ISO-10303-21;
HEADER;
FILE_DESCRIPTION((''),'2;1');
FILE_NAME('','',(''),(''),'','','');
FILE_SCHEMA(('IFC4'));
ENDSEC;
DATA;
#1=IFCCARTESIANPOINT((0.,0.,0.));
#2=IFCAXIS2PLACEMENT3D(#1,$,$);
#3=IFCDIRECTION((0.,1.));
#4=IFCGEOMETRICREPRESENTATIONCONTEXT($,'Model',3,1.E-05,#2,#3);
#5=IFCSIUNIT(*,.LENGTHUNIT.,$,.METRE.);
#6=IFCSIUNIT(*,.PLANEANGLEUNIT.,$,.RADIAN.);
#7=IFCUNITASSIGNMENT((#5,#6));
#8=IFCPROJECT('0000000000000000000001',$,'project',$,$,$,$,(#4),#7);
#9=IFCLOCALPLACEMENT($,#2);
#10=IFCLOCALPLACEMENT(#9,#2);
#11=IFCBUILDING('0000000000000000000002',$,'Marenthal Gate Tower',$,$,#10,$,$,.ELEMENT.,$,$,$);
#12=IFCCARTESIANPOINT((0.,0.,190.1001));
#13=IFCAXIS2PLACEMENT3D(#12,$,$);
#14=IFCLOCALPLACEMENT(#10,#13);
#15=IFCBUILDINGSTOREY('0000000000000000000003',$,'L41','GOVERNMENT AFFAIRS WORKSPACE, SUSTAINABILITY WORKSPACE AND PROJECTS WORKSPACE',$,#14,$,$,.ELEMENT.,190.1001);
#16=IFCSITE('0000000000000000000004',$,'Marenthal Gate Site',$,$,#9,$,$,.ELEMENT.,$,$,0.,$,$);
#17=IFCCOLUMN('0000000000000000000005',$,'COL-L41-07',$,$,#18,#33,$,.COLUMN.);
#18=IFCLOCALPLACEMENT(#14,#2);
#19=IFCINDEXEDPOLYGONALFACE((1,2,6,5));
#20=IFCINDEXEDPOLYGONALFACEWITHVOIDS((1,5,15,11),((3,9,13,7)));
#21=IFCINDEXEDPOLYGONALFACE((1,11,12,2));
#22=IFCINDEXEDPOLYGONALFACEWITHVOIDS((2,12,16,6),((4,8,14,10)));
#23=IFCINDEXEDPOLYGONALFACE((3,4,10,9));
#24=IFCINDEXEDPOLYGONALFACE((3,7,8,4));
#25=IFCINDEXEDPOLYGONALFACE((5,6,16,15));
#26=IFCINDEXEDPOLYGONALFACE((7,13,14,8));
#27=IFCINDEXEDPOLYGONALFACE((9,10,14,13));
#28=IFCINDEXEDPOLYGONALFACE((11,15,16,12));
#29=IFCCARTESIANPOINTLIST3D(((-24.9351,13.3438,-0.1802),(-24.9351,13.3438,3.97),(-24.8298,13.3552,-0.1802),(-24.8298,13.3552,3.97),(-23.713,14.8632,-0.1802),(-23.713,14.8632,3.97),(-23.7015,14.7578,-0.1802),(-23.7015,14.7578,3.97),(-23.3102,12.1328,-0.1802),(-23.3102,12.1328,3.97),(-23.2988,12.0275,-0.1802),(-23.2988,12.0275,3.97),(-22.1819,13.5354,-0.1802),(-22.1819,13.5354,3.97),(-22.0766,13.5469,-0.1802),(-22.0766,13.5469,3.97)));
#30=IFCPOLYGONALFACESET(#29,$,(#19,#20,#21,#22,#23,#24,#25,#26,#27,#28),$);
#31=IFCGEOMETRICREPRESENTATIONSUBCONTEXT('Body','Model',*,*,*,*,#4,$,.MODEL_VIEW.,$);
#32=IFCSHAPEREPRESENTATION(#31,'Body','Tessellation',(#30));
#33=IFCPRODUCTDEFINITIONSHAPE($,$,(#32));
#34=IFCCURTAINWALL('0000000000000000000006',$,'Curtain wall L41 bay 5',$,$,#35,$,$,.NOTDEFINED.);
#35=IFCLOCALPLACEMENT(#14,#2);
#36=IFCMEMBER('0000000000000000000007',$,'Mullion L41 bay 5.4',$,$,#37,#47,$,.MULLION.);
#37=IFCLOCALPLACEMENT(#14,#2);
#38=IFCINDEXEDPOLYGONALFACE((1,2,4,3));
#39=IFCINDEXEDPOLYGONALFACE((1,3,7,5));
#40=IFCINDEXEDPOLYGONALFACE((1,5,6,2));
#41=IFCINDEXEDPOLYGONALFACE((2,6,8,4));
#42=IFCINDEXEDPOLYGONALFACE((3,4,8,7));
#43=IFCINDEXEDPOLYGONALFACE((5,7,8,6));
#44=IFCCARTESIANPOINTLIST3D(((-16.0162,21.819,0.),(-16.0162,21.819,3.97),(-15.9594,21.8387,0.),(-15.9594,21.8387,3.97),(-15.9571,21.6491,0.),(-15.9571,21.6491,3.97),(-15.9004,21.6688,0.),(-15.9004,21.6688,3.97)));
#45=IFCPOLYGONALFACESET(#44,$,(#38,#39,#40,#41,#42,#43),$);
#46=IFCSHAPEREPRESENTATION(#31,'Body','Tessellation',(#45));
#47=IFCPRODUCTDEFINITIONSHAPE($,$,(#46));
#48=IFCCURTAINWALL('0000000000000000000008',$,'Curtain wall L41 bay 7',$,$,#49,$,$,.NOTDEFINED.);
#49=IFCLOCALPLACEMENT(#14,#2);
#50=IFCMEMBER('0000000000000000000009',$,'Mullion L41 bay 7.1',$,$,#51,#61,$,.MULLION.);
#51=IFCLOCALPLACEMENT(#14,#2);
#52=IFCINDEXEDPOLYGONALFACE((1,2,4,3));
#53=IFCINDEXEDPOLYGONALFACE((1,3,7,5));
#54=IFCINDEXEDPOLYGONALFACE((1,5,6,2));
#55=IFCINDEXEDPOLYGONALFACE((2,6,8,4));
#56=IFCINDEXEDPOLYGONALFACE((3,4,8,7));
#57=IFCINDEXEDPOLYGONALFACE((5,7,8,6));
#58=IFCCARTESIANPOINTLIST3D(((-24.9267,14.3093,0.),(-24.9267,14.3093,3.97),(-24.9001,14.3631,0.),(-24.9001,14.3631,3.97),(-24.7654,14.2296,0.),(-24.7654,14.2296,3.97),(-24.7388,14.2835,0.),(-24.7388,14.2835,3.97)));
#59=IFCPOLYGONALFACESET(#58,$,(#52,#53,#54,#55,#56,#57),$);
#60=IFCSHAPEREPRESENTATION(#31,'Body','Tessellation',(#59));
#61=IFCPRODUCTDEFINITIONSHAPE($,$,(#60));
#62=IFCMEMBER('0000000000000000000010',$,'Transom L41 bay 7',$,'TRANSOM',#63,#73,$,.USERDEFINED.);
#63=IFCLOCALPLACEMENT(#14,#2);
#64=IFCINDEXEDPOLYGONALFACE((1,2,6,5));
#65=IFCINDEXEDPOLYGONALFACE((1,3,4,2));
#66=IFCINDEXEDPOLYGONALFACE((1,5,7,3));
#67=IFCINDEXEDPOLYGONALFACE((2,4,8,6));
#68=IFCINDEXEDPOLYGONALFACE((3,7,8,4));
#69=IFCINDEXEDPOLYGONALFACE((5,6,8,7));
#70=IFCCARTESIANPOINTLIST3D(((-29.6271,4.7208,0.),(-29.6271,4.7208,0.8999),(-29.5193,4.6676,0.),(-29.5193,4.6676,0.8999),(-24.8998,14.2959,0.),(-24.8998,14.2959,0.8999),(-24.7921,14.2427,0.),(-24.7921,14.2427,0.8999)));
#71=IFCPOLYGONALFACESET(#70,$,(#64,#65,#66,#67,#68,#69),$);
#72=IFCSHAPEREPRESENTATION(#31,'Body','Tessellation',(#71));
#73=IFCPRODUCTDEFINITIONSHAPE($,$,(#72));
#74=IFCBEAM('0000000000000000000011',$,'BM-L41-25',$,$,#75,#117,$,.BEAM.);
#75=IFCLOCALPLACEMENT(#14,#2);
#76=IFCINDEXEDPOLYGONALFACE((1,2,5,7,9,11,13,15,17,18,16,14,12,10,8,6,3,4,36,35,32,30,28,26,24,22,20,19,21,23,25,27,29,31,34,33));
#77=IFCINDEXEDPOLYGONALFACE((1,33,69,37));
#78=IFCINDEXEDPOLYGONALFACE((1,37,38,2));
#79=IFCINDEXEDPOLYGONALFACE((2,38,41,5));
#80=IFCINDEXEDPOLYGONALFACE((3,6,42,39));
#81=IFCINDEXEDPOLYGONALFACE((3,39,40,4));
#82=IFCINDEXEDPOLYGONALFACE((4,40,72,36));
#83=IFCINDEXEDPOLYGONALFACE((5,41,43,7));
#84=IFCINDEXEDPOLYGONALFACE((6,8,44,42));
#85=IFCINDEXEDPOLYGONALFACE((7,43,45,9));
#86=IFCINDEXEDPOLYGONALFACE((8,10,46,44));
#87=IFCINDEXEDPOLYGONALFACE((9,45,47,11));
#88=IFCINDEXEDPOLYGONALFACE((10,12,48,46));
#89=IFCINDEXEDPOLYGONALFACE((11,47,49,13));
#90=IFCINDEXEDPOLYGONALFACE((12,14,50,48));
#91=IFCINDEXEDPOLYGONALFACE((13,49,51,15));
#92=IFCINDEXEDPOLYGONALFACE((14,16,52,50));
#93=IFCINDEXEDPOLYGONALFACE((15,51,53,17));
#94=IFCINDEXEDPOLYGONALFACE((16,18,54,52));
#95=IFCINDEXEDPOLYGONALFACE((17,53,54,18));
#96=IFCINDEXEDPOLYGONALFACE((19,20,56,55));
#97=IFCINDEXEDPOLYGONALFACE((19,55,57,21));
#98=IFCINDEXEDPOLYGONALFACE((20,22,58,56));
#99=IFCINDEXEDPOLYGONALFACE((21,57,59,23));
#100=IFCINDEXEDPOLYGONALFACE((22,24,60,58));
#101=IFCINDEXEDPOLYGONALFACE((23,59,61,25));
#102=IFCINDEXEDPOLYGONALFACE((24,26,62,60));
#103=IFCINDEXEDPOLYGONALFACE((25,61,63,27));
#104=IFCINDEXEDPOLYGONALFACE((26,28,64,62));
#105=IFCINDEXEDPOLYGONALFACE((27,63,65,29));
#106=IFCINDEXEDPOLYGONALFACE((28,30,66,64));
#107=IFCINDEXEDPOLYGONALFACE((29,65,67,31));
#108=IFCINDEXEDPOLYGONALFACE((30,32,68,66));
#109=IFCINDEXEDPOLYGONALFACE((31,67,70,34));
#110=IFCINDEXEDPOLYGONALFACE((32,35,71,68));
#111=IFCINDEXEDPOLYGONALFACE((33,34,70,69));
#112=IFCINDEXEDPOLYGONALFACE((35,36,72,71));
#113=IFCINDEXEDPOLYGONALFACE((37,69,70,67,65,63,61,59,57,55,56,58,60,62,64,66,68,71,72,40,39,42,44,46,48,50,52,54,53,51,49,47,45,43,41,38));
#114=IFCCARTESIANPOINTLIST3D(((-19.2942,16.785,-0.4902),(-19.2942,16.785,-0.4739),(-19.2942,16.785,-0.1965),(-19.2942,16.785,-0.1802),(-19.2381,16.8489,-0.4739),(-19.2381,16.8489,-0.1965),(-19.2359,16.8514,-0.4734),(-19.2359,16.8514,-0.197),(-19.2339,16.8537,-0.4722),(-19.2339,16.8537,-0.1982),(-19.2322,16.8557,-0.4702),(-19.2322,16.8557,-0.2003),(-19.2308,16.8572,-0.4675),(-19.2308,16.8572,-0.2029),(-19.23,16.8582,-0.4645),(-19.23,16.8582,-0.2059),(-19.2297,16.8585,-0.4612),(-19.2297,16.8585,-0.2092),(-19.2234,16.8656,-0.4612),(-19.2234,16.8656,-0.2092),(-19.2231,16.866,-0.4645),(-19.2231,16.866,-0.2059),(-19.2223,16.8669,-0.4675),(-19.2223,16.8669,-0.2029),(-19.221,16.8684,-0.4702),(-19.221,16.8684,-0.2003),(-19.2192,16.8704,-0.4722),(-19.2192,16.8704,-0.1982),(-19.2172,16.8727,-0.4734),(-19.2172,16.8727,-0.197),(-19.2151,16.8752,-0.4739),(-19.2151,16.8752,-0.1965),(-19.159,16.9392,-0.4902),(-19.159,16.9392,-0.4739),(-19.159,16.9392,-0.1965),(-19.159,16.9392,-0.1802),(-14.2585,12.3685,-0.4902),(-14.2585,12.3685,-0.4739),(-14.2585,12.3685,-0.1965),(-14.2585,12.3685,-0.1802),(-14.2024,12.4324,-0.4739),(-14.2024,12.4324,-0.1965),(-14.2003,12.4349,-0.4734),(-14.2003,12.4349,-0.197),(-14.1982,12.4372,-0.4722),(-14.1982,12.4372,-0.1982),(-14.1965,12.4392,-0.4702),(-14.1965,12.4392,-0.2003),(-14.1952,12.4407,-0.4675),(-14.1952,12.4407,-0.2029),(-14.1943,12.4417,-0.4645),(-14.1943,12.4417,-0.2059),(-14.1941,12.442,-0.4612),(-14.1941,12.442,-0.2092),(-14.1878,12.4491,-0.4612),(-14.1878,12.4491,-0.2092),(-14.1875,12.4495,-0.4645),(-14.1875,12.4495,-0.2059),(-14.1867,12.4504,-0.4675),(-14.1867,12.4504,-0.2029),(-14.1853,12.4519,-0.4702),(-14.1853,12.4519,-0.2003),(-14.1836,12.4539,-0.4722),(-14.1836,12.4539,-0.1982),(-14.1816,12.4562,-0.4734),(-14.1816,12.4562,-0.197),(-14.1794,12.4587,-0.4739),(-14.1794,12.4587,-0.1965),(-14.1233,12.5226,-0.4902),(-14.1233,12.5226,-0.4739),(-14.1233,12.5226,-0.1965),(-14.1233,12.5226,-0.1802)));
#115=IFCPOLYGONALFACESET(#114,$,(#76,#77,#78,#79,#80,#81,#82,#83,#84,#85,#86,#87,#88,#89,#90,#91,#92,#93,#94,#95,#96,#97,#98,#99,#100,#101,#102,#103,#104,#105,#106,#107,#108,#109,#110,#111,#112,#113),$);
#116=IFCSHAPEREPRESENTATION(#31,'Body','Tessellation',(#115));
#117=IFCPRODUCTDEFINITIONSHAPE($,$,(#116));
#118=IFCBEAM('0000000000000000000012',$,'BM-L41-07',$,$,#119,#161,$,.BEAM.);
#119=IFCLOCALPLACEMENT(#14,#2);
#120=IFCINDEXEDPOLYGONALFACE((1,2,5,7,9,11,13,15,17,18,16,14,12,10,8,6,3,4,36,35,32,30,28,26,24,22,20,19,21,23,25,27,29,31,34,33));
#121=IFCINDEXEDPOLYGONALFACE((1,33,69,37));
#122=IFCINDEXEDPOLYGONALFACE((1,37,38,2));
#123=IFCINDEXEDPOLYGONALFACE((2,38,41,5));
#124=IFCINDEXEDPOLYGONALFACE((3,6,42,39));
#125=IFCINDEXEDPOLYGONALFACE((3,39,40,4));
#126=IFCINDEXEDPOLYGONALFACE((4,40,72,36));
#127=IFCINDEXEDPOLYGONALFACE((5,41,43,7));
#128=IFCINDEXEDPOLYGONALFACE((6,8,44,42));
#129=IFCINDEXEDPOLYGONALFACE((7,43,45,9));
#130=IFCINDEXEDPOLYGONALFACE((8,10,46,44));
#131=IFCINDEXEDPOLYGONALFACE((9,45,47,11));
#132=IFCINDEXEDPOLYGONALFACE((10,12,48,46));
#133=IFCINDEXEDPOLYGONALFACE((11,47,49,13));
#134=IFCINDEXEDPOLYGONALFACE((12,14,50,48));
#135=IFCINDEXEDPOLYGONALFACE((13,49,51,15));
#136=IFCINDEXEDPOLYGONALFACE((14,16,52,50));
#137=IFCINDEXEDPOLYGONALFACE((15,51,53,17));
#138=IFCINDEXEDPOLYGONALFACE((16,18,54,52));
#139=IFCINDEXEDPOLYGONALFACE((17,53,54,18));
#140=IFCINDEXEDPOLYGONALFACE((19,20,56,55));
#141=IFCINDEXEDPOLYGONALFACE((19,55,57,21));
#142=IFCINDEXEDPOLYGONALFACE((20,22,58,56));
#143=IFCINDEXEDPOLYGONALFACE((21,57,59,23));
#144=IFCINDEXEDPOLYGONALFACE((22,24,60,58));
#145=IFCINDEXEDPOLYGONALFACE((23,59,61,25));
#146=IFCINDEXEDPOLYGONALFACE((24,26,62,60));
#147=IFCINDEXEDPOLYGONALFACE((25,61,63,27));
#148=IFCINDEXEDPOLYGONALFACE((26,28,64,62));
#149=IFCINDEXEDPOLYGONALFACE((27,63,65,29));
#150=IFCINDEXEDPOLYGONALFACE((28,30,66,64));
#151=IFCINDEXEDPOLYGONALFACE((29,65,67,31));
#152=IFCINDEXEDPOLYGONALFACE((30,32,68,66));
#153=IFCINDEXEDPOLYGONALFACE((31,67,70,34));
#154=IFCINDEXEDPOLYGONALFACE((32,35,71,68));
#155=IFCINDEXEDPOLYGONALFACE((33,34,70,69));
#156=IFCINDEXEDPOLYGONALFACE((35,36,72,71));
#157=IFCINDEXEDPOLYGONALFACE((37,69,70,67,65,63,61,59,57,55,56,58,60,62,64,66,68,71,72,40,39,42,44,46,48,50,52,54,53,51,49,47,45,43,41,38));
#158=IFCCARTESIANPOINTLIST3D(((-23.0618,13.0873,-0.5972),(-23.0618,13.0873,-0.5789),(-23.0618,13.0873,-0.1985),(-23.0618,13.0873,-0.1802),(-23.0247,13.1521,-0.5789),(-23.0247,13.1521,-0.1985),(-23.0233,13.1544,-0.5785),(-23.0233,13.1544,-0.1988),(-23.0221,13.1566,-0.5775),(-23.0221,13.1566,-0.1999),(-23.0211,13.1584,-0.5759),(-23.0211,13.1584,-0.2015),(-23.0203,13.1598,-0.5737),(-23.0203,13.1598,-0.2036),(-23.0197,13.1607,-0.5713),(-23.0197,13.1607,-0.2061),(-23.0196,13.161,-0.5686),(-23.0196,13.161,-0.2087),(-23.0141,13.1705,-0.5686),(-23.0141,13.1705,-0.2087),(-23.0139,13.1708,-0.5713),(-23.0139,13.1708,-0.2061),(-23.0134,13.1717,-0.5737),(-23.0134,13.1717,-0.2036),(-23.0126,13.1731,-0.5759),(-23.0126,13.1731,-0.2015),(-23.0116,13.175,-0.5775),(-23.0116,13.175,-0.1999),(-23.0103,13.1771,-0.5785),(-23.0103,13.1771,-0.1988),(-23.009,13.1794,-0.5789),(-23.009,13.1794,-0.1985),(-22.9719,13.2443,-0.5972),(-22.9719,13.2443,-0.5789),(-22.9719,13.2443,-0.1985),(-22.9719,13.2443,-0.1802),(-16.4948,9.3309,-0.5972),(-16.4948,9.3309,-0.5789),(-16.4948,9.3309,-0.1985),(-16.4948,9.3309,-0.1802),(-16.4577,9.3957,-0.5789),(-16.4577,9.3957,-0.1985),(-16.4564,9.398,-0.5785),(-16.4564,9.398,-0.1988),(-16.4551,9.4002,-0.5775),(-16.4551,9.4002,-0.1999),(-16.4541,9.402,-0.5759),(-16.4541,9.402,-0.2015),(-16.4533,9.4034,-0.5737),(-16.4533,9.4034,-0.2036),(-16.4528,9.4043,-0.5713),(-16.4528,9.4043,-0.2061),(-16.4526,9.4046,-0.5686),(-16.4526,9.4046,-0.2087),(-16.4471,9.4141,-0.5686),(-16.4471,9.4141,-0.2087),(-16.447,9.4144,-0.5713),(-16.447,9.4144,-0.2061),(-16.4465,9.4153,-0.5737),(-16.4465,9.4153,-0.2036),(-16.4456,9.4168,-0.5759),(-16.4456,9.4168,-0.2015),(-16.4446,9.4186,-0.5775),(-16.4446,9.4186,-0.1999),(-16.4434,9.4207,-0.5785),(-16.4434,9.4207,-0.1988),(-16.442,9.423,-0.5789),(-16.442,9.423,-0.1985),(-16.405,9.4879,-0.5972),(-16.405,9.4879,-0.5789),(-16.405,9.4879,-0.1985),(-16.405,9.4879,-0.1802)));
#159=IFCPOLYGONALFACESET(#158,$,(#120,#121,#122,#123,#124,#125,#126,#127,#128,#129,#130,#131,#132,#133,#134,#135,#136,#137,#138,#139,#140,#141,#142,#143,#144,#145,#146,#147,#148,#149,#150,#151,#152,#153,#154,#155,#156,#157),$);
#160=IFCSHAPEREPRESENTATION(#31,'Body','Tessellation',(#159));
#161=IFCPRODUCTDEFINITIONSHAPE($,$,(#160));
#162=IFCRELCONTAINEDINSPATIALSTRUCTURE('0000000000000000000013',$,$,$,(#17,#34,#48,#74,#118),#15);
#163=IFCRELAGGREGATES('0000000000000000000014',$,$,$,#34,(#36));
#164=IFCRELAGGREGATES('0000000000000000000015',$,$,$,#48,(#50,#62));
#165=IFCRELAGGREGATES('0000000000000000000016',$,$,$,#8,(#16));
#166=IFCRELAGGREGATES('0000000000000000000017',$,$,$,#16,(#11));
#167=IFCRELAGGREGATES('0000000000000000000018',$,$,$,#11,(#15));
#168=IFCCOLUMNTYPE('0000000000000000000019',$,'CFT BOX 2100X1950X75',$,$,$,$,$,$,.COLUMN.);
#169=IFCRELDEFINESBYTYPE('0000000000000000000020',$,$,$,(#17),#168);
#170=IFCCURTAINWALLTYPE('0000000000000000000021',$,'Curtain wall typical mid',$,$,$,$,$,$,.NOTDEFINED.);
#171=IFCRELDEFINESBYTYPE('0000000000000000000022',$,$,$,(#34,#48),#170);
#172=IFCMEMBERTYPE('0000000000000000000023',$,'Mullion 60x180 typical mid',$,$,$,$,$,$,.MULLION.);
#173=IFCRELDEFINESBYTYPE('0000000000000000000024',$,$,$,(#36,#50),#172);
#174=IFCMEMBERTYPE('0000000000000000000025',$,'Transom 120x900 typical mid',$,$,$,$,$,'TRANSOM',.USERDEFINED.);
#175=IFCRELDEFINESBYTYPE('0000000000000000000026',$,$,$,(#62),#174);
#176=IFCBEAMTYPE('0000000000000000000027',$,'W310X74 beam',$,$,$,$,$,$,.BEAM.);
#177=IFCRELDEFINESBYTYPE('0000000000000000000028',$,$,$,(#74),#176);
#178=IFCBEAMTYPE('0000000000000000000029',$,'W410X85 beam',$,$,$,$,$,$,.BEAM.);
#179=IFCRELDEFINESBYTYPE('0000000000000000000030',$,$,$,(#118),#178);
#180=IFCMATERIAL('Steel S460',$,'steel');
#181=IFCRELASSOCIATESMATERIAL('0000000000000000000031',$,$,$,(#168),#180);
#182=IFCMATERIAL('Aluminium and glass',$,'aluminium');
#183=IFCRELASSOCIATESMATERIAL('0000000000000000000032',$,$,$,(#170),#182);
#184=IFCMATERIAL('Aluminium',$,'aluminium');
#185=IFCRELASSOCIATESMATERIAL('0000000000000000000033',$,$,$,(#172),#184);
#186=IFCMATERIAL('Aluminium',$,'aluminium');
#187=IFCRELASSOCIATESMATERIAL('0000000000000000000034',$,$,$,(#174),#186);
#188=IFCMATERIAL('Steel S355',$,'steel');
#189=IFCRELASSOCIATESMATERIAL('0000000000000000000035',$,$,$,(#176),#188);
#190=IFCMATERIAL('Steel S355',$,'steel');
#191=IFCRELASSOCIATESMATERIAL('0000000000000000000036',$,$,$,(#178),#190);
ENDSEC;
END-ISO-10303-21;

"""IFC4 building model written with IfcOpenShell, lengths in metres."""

from ifc_helpers import new_model, si_unit, direction, frame, origin, origin_2d, place, context, subcontext, project, spatial, rectangle, hollow_rectangle, i_section, extrude, material, material_profile, profile_set, type_object, element, aggregate, save


model = new_model("IFC4")

# Units and contexts
model_context = context("Model", 3, precision=1e-05, world=origin(), true_north=direction((0.0, 1.0)))
body_context = subcontext(model_context, "Body", "Model", "MODEL_VIEW")
ifc_project = project(units=[si_unit("LENGTHUNIT", "METRE"), si_unit("PLANEANGLEUNIT", "RADIAN")], contexts=[model_context])

# Site, building, storey
site_placement = place(None, origin())
site = spatial("IfcSite", under=ifc_project, at=site_placement, Name="Marenthal Gate Site", CompositionType="ELEMENT", RefElevation=0.0)
building_placement = place(site_placement, origin())
building = spatial("IfcBuilding", under=site, at=building_placement, Name="Marenthal Gate Tower", CompositionType="ELEMENT")
storey_placement = place(building_placement, frame((0.0, 0.0, 190.1001)))
storey = spatial("IfcBuildingStorey", under=building, at=storey_placement, Name="L41", Description="GOVERNMENT AFFAIRS WORKSPACE, SUSTAINABILITY WORKSPACE AND PROJECTS WORKSPACE", CompositionType="ELEMENT", Elevation=190.1001)

# Column
ifc_material_1 = material(Name="Steel S460", Category="steel")
ifc_material_profile_1 = material_profile(ifc_material_1, hollow_rectangle(XDim=1.95, YDim=2.1001, WallThickness=0.075, at=origin_2d()), Name="CFT BOX 2100X1950X75")
ifc_material_2 = material(Name="Concrete 70 MPa", Category="concrete")
ifc_material_profile_2 = material_profile(ifc_material_2, rectangle(XDim=1.8, YDim=1.95, at=origin_2d()), Name="CFT BOX 2100X1950X75 INFILL")
ifc_profile_set_1 = profile_set([ifc_material_profile_1, ifc_material_profile_2], Name="Steel S460 shell, Concrete 70 MPa infill")
column_type = type_object("IfcColumnType", Name="CFT BOX 2100X1950X75", PredefinedType="COLUMN", material=ifc_profile_set_1)
column_placement = place(storey_placement, frame((-23.5059, 13.4453, -0.1802), z_axis=(0.0, 0.0, 1.0), x_axis=(0.626783, 0.779194, 0.0)))
element("IfcColumn", 1, at=column_placement, inside=storey, type_object=column_type, Name="COL-L41-07", PredefinedType="COLUMN", context=body_context, shape_type="SweptSolid", body=[
    extrude(hollow_rectangle(XDim=1.95, YDim=2.1001, WallThickness=0.075, at=origin_2d()), origin(), (0.0, 0.0, 1.0), 4.1501),
])

# Curtain wall, member
ifc_material_3 = material(Name="Aluminium and glass", Category="aluminium")
curtain_wall_type = type_object("IfcCurtainWallType", Name="Curtain wall typical mid", PredefinedType="NOTDEFINED", material=ifc_material_3)
curtain_wall_1_placement = place(storey_placement, origin())
curtain_wall_1 = element("IfcCurtainWall", 2, at=curtain_wall_1_placement, inside=storey, type_object=curtain_wall_type, Name="Curtain wall L41 bay 5", PredefinedType="NOTDEFINED")
ifc_material_4 = material(Name="Aluminium", Category="aluminium")
ifc_material_profile_3 = material_profile(ifc_material_4, rectangle(XDim=0.1799, YDim=0.0601, at=origin_2d()), Name="60x180 aluminium mullion")
ifc_profile_set_2 = profile_set([ifc_material_profile_3], Name="Aluminium")
member_type_1 = type_object("IfcMemberType", Name="Mullion 60x180 typical mid", PredefinedType="MULLION", material=ifc_profile_set_2)
member_1_placement = place(storey_placement, frame((-15.9583, 21.7439, 0.0), z_axis=(0.0, 0.0, 1.0), x_axis=(0.328273, -0.944583, 0.0)))
member_1 = element("IfcMember", 3, at=member_1_placement, type_object=member_type_1, Name="Mullion L41 bay 5.4", PredefinedType="MULLION", context=body_context, shape_type="SweptSolid", body=[
    extrude(rectangle(XDim=0.1799, YDim=0.0601, at=origin_2d()), origin(), (0.0, 0.0, 1.0), 3.97),
])
aggregate(curtain_wall_1, [member_1])

# Curtain wall, members
curtain_wall_2_placement = place(storey_placement, origin())
curtain_wall_2 = element("IfcCurtainWall", 4, at=curtain_wall_2_placement, inside=storey, type_object=curtain_wall_type, Name="Curtain wall L41 bay 7", PredefinedType="NOTDEFINED")
member_2_placement = place(storey_placement, frame((-24.8328, 14.2964, 0.0), z_axis=(0.0, 0.0, 1.0), x_axis=(0.896681, -0.442678, 0.0)))
member_2 = element("IfcMember", 5, at=member_2_placement, type_object=member_type_1, Name="Mullion L41 bay 7.1", PredefinedType="MULLION", context=body_context, shape_type="SweptSolid", body=[
    extrude(rectangle(XDim=0.1799, YDim=0.0601, at=origin_2d()), origin(), (0.0, 0.0, 1.0), 3.97),
])
ifc_material_5 = material(Name="Aluminium", Category="aluminium")
ifc_material_profile_4 = material_profile(ifc_material_5, rectangle(XDim=0.1201, YDim=0.8999, at=origin_2d()), Name="120x900 aluminium transom")
ifc_profile_set_3 = profile_set([ifc_material_profile_4], Name="Aluminium")
member_type_2 = type_object("IfcMemberType", Name="Transom 120x900 typical mid", ElementType="TRANSOM", PredefinedType="USERDEFINED", material=ifc_profile_set_3)
member_3_placement = place(storey_placement, frame((-24.8459, 14.2693, 0.45), z_axis=(-0.44269, -0.896675, 0.0), x_axis=(0.896675, -0.44269, 0.0)))
member_3 = element("IfcMember", 6, at=member_3_placement, type_object=member_type_2, Name="Transom L41 bay 7", ObjectType="TRANSOM", PredefinedType="USERDEFINED", context=body_context, shape_type="SweptSolid", body=[
    extrude(rectangle(XDim=0.1201, YDim=0.8999, at=origin_2d()), origin(), (0.0, 0.0, 1.0), 10.6785),
])

# Beams
ifc_material_6 = material(Name="Steel S355", Category="steel")
ifc_material_profile_5 = material_profile(ifc_material_6, i_section(OverallWidth=0.2051, OverallDepth=0.3101, WebThickness=0.0095, FlangeThickness=0.0164, FilletRadius=0.0127, at=origin_2d()), Name="W310X74")
ifc_profile_set_4 = profile_set([ifc_material_profile_5], Name="Steel S355")
beam_type_1 = type_object("IfcBeamType", Name="W310X74 beam", PredefinedType="BEAM", material=ifc_profile_set_4)
beam_1_placement = place(storey_placement, frame((-19.2266, 16.8621, -0.3352), z_axis=(0.751813, -0.659376, 0.0), x_axis=(0.659376, 0.751813, 0.0)))
element("IfcBeam", 7, at=beam_1_placement, inside=storey, type_object=beam_type_1, Name="BM-L41-25", PredefinedType="BEAM", context=body_context, shape_type="SweptSolid", body=[
    extrude(i_section(OverallWidth=0.2051, OverallDepth=0.3101, WebThickness=0.0095, FlangeThickness=0.0164, FilletRadius=0.0127, at=origin_2d()), origin(), (0.0, 0.0, 1.0), 6.698),
])
ifc_material_7 = material(Name="Steel S355", Category="steel")
ifc_material_profile_6 = material_profile(ifc_material_7, i_section(OverallWidth=0.1809, OverallDepth=0.417, WebThickness=0.011, FlangeThickness=0.0183, FilletRadius=0.0103, at=origin_2d()), Name="W410X85")
ifc_profile_set_5 = profile_set([ifc_material_profile_6], Name="Steel S355")
beam_type_2 = type_object("IfcBeamType", Name="W410X85 beam", PredefinedType="BEAM", material=ifc_profile_set_5)
beam_2_placement = place(storey_placement, frame((-23.0168, 13.1658, -0.3887), z_axis=(0.868025, -0.496521, 0.0), x_axis=(0.496521, 0.868025, 0.0)))
element("IfcBeam", 8, at=beam_2_placement, inside=storey, type_object=beam_type_2, Name="BM-L41-07", PredefinedType="BEAM", context=body_context, shape_type="SweptSolid", body=[
    extrude(i_section(OverallWidth=0.1809, OverallDepth=0.417, WebThickness=0.011, FlangeThickness=0.0183, FilletRadius=0.0103, at=origin_2d()), origin(), (0.0, 0.0, 1.0), 7.5654),
])

aggregate(curtain_wall_2, [member_2, member_3])

save(model, "model.ifc")
